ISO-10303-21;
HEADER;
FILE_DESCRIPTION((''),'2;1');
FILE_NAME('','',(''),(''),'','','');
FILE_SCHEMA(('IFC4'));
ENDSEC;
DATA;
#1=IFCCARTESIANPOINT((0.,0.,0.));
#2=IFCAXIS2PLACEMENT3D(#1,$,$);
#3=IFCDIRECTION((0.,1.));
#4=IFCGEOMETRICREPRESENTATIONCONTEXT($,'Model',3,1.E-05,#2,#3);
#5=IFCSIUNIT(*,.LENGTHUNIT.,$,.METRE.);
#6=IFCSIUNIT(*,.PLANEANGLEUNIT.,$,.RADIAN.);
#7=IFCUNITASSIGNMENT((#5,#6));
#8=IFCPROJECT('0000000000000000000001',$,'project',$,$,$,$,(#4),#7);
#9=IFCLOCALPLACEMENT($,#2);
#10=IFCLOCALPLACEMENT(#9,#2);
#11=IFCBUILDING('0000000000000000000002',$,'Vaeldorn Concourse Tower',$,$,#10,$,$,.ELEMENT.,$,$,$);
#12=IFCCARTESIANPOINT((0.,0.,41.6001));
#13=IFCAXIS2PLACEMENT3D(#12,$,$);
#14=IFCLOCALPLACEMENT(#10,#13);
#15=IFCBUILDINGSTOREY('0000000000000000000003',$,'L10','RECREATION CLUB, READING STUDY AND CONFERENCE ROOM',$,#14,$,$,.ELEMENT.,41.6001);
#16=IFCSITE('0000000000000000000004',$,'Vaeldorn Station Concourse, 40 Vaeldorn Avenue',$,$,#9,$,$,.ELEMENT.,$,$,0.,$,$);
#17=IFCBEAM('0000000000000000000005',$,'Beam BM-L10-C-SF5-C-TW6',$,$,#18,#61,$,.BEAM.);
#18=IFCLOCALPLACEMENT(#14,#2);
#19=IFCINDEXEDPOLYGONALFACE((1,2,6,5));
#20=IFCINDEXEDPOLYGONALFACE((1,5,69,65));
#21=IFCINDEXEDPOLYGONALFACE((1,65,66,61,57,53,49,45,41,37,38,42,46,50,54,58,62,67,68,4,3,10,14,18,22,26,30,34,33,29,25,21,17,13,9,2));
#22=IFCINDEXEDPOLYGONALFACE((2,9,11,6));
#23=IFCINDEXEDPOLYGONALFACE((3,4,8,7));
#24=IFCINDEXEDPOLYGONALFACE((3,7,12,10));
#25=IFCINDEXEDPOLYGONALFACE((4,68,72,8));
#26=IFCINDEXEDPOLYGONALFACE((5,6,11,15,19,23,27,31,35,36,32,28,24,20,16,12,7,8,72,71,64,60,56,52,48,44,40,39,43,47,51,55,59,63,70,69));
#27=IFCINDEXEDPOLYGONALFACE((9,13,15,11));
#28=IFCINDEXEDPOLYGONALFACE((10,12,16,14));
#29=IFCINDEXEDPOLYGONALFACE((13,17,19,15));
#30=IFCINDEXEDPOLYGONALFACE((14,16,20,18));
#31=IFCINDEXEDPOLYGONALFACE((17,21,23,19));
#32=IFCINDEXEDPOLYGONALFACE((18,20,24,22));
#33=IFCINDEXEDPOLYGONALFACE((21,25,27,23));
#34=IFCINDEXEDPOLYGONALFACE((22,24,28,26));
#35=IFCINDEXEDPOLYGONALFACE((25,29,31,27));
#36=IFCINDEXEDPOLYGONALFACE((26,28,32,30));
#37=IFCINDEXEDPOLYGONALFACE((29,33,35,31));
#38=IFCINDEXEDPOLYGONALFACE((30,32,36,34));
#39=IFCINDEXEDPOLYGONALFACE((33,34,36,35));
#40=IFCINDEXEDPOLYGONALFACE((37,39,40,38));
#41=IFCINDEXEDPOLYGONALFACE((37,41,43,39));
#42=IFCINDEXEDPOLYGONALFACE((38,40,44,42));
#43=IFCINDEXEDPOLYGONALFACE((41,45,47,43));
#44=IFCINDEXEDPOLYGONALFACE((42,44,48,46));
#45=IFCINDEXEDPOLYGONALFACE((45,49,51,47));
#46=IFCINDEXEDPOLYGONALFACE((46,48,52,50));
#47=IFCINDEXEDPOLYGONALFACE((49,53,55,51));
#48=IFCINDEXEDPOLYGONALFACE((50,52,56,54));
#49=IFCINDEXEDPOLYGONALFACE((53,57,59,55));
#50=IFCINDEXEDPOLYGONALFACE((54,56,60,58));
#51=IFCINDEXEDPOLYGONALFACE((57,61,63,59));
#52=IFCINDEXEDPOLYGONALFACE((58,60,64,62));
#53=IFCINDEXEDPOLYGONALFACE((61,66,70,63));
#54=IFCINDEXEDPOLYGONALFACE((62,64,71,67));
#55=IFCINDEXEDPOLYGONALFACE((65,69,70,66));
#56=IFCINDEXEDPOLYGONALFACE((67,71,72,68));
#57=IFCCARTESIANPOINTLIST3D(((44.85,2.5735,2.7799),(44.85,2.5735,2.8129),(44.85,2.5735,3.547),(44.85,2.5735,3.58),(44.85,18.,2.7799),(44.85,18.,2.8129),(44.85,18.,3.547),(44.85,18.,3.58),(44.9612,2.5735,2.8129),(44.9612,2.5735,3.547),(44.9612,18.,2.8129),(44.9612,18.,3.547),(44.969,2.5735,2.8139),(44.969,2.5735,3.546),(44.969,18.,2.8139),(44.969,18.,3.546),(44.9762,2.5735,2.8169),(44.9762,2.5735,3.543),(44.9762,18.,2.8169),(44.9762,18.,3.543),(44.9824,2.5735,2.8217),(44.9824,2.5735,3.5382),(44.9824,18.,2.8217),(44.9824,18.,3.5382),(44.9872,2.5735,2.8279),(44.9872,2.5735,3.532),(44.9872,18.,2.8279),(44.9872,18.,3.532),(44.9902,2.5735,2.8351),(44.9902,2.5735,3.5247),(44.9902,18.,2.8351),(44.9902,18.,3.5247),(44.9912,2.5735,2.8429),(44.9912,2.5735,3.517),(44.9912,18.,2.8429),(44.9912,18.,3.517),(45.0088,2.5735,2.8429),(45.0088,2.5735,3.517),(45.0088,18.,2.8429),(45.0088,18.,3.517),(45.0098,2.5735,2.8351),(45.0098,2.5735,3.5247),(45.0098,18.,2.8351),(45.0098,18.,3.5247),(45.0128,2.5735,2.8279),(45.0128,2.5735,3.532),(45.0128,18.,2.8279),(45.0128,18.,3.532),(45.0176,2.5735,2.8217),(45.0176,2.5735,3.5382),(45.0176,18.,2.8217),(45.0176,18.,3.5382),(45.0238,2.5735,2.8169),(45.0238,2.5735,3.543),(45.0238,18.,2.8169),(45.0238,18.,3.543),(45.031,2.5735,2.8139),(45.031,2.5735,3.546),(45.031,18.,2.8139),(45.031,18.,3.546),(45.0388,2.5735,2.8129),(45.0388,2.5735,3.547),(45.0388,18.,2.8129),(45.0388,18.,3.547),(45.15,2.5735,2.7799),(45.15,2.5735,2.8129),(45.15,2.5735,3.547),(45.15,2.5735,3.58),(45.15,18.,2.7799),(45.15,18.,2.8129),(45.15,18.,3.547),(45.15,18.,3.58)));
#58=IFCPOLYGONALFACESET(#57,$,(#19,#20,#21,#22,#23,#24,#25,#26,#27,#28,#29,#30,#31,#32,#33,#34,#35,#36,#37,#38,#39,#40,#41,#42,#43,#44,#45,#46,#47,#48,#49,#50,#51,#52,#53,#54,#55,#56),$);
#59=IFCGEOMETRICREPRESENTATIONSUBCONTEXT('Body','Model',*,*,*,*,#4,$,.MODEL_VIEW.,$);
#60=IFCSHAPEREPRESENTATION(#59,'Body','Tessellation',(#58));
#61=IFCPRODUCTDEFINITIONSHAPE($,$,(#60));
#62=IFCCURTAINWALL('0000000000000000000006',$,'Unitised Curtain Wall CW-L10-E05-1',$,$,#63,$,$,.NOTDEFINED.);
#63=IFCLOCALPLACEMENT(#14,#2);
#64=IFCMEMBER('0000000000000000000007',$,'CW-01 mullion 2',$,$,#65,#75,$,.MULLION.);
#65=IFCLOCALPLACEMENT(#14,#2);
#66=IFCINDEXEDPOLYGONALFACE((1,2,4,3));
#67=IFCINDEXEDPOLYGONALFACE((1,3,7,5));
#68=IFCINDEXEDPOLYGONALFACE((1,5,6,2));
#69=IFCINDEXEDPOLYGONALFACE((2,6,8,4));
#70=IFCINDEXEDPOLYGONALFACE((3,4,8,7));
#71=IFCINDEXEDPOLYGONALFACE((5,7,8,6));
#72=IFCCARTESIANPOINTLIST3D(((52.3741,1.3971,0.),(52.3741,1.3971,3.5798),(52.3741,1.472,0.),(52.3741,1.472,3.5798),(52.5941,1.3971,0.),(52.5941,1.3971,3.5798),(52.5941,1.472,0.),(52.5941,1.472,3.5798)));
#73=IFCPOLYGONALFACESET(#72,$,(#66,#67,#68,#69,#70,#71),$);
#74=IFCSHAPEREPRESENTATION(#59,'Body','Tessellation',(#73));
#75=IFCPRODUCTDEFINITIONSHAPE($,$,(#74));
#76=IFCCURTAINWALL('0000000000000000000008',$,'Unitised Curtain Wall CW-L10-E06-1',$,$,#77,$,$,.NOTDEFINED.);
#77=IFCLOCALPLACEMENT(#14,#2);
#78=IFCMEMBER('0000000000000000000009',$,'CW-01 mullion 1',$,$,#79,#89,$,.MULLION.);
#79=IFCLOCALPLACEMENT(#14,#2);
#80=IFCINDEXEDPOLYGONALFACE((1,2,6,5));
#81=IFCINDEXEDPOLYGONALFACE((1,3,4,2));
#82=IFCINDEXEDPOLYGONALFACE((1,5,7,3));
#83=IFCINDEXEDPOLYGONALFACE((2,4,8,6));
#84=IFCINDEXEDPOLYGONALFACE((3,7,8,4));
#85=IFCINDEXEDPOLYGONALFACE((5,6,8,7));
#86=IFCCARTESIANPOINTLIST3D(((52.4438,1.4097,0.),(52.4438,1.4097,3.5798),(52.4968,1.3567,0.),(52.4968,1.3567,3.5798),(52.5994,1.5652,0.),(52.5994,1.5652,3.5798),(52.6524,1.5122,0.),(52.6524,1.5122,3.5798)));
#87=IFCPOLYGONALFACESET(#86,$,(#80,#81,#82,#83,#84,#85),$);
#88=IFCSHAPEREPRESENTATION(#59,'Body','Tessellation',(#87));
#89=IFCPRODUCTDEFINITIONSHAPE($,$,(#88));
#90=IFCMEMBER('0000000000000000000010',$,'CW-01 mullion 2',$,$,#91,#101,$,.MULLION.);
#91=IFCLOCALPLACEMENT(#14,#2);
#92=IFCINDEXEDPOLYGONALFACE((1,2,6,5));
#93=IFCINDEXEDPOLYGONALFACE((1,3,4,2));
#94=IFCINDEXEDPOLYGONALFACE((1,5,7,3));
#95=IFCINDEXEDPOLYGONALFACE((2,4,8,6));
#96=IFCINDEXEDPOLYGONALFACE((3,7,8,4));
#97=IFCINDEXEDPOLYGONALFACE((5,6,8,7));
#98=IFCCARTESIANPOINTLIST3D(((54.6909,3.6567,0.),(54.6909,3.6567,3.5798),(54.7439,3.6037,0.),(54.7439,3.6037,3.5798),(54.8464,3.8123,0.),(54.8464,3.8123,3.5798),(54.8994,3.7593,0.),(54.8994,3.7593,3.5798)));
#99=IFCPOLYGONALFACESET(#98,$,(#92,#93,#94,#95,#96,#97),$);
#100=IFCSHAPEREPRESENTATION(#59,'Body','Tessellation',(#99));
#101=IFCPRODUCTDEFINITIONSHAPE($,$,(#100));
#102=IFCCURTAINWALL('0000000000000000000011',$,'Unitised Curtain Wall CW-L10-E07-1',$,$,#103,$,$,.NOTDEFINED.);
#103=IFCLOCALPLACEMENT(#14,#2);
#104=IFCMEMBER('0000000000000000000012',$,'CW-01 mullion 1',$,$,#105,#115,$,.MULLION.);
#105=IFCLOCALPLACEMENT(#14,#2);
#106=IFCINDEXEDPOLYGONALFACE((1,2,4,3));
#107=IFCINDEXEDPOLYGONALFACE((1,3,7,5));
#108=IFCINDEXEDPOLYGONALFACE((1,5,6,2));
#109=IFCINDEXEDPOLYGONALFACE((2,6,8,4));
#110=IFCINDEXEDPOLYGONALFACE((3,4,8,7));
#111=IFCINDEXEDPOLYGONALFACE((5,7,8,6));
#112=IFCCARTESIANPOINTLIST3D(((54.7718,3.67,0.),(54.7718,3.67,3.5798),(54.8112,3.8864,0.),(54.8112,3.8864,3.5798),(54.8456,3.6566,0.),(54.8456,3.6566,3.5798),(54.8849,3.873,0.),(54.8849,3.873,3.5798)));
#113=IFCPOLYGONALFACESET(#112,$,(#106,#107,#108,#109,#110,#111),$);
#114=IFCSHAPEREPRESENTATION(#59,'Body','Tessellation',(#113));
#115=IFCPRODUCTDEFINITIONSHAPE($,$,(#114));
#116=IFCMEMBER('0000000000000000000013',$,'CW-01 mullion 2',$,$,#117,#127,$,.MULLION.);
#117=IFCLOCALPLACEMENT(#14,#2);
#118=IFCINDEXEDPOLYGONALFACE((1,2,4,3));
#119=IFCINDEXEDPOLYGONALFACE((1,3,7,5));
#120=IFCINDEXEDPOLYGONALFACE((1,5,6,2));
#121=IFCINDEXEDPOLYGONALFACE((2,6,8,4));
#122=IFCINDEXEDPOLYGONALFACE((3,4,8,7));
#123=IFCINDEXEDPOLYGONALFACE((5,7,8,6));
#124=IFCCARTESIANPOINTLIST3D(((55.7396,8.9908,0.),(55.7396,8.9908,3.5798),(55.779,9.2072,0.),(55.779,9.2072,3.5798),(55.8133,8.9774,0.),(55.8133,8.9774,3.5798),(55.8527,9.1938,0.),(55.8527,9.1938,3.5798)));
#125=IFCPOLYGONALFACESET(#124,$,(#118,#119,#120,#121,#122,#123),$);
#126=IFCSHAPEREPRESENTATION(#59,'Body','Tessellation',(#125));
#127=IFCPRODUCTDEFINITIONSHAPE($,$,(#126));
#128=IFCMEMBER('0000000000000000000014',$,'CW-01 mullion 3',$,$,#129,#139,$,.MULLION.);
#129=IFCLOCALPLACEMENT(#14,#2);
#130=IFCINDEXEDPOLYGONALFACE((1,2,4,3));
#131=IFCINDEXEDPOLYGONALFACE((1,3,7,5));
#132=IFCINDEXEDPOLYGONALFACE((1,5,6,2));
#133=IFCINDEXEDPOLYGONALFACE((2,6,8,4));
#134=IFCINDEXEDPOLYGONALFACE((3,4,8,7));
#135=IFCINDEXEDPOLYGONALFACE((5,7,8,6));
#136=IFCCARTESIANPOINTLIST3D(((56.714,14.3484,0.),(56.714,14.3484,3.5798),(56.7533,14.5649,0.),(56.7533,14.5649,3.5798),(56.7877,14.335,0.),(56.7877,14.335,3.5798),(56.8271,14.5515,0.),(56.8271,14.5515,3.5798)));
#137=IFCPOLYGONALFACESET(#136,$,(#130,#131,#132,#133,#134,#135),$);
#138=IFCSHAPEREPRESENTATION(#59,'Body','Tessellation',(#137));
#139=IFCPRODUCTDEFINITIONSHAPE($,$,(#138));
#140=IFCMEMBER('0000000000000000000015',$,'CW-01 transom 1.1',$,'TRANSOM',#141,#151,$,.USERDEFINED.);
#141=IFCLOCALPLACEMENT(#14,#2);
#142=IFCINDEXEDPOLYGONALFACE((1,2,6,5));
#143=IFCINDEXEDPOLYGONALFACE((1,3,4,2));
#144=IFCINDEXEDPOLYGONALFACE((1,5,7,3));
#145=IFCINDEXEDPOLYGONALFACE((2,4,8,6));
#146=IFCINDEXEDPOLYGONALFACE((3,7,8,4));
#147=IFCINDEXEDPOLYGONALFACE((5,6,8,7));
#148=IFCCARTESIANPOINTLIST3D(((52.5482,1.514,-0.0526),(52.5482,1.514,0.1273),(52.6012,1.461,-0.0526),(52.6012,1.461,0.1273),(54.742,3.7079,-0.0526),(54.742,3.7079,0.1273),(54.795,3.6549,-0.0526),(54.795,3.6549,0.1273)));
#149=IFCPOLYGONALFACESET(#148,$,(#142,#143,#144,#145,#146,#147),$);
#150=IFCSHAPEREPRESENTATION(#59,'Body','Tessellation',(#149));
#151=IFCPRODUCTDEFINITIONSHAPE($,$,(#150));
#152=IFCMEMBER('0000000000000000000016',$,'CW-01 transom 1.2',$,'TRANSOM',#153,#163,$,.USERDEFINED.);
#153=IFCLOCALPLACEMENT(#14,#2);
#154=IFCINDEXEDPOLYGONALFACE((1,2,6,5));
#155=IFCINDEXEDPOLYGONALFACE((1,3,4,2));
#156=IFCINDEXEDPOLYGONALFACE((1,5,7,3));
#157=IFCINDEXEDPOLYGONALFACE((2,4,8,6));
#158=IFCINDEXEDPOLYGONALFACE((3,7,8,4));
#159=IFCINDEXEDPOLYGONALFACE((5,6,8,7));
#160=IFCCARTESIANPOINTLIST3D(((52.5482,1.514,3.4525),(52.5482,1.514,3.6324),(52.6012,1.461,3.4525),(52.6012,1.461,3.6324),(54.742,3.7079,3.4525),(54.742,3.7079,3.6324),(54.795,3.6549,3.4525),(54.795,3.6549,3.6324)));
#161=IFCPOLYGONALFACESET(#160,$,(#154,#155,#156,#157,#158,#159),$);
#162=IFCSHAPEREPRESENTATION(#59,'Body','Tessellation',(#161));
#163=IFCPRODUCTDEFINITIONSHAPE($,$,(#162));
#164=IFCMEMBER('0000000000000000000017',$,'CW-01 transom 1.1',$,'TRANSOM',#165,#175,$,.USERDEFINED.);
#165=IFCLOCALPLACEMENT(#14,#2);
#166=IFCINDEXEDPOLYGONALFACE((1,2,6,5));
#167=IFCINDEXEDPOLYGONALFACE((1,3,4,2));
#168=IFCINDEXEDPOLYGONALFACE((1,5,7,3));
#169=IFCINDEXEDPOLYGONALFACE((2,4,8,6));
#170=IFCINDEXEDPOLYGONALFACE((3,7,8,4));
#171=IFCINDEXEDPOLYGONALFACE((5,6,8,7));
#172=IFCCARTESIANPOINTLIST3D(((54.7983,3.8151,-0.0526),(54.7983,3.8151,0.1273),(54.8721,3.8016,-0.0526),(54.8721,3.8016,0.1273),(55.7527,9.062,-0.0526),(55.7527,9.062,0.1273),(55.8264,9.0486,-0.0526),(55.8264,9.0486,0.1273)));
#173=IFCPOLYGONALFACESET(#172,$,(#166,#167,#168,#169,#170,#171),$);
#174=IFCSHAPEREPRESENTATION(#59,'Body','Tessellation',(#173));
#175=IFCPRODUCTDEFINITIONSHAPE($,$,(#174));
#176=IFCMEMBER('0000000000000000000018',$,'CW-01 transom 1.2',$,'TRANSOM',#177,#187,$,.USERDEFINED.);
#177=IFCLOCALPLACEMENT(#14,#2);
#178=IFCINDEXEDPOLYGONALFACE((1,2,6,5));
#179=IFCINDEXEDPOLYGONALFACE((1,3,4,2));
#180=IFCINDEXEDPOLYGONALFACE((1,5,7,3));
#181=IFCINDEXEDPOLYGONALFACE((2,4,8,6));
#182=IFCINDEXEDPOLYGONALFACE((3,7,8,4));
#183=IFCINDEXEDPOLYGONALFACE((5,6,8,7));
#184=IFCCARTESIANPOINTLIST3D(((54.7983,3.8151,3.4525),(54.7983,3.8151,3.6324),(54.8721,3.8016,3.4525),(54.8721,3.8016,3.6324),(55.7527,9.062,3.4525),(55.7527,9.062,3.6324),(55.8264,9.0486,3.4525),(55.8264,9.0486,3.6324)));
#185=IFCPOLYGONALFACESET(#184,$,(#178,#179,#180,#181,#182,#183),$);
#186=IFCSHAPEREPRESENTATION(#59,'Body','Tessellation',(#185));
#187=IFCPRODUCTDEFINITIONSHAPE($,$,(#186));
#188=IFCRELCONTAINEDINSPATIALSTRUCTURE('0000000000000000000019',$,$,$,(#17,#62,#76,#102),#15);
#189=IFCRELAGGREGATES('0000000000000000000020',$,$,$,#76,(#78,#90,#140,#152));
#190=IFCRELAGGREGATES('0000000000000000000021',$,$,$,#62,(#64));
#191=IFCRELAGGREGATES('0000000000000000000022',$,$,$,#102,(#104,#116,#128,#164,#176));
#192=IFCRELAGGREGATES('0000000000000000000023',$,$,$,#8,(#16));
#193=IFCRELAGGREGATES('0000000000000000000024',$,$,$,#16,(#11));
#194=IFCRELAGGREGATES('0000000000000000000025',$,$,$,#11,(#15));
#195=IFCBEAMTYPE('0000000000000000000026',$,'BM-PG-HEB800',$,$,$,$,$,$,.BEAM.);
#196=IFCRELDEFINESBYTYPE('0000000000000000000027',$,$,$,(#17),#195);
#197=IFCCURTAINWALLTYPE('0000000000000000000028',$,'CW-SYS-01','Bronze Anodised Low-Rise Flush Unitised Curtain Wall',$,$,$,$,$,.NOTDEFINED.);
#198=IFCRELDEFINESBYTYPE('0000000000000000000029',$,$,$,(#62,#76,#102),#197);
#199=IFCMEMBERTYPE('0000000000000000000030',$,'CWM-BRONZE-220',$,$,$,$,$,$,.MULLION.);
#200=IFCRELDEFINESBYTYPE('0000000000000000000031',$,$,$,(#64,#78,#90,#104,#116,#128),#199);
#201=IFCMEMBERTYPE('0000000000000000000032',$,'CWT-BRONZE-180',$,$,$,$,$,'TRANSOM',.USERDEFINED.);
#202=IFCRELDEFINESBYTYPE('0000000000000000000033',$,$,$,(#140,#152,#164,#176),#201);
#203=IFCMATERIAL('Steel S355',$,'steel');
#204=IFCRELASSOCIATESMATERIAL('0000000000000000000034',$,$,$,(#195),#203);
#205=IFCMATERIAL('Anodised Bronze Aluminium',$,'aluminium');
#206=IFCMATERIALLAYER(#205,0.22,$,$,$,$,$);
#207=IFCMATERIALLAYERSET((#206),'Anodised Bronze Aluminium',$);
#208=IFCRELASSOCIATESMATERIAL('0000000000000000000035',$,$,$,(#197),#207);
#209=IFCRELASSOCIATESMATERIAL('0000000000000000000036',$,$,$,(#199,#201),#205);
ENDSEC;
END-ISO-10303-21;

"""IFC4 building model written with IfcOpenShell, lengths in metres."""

from ifc_helpers import new_model, si_unit, direction, frame, origin, origin_2d, place, context, subcontext, project, spatial, rectangle, i_section, extrude, source, transform, mapped, material, layer, layer_set, material_profile, profile_set, type_object, element, aggregate, save


model = new_model("IFC4")

# Units and contexts
model_context = context("Model", 3, precision=1e-05, world=origin(), true_north=direction((0.0, 1.0)))
body_context = subcontext(model_context, "Body", "Model", "MODEL_VIEW")
ifc_project = project(units=[si_unit("LENGTHUNIT", "METRE"), si_unit("PLANEANGLEUNIT", "RADIAN")], contexts=[model_context])

# Site, building, storey
site_placement = place(None, origin())
site = spatial("IfcSite", under=ifc_project, at=site_placement, Name="Vaeldorn Station Concourse, 40 Vaeldorn Avenue", CompositionType="ELEMENT", RefElevation=0.0)
building_placement = place(site_placement, origin())
building = spatial("IfcBuilding", under=site, at=building_placement, Name="Vaeldorn Concourse Tower", CompositionType="ELEMENT")
storey_placement = place(building_placement, frame((0.0, 0.0, 41.6001)))
storey = spatial("IfcBuildingStorey", under=building, at=storey_placement, Name="L10", Description="RECREATION CLUB, READING STUDY AND CONFERENCE ROOM", CompositionType="ELEMENT", Elevation=41.6001)

# Beam
ifc_material_1 = material(Name="Steel S355", Category="steel")
ifc_material_profile_1 = material_profile(ifc_material_1, i_section(OverallWidth=0.3, OverallDepth=0.8, WebThickness=0.0176, FlangeThickness=0.033, FilletRadius=0.03, at=origin_2d()), Name="HEB 800")
ifc_profile_set_1 = profile_set([ifc_material_profile_1], Name="Steel S355")
beam_type_1 = type_object("IfcBeamType", Name="BM-PG-HEB800", PredefinedType="BEAM", material=ifc_profile_set_1)
shared_shape_1 = source(origin(), body_context, "Body", "SweptSolid", [
    extrude(i_section(OverallWidth=0.3, OverallDepth=0.8, WebThickness=0.0176, FlangeThickness=0.033, FilletRadius=0.03, at=origin_2d()), origin(), (0.0, 0.0, 1.0), 15.4265),
])
beam_1_placement = place(storey_placement, frame((45.0, 2.5735, 3.1799), z_axis=(0.0, 1.0, 0.0), x_axis=(-1.0, 0.0, 0.0)))
element("IfcBeam", 1, at=beam_1_placement, inside=storey, type_object=beam_type_1, Name="Beam BM-L10-C-SF5-C-TW6", PredefinedType="BEAM", context=body_context, shape_type="MappedRepresentation", body=[
    mapped(shared_shape_1, transform((0.0, 0.0, 0.0), scale=1.0)),
])

# Curtain wall, member
ifc_material_2 = material(Name="Anodised Bronze Aluminium", Category="aluminium")
ifc_layer_1 = layer(ifc_material_2, 0.22)
ifc_layer_set_1 = layer_set([ifc_layer_1], Name="Anodised Bronze Aluminium")
curtain_wall_type = type_object("IfcCurtainWallType", Name="CW-SYS-01", Description="Bronze Anodised Low-Rise Flush Unitised Curtain Wall", PredefinedType="NOTDEFINED", material=ifc_layer_set_1)
curtain_wall_1_placement = place(storey_placement, origin())
curtain_wall_1 = element("IfcCurtainWall", 2, at=curtain_wall_1_placement, inside=storey, type_object=curtain_wall_type, Name="Unitised Curtain Wall CW-L10-E05-1", PredefinedType="NOTDEFINED")
ifc_material_profile_2 = material_profile(ifc_material_2, rectangle(XDim=0.075, YDim=0.22, at=origin_2d()), Name="CWM 75x220")
ifc_profile_set_2 = profile_set([ifc_material_profile_2], Name="Anodised Bronze Aluminium")
member_type_1 = type_object("IfcMemberType", Name="CWM-BRONZE-220", PredefinedType="MULLION", material=ifc_profile_set_2)
shared_shape_2 = source(origin(), body_context, "Body", "SweptSolid", [
    extrude(rectangle(XDim=0.075, YDim=0.22, at=origin_2d()), origin(), (0.0, 0.0, 1.0), 3.5798),
])
member_1_placement = place(storey_placement, frame((52.4841, 1.4346, 0.0), z_axis=(0.0, 0.0, 1.0), x_axis=(0.0, 1.0, 0.0)))
member_1 = element("IfcMember", 3, at=member_1_placement, type_object=member_type_1, Name="CW-01 mullion 2", PredefinedType="MULLION", context=body_context, shape_type="MappedRepresentation", body=[
    mapped(shared_shape_2, transform((0.0, 0.0, 0.0), scale=1.0)),
])

# Curtain walls, members
curtain_wall_2_placement = place(storey_placement, origin())
curtain_wall_2 = element("IfcCurtainWall", 4, at=curtain_wall_2_placement, inside=storey, type_object=curtain_wall_type, Name="Unitised Curtain Wall CW-L10-E06-1", PredefinedType="NOTDEFINED")
member_2_placement = place(storey_placement, frame((52.5481, 1.4609, 0.0), z_axis=(0.0, 0.0, 1.0), x_axis=(-0.707107, 0.707107, 0.0)))
member_2 = element("IfcMember", 5, at=member_2_placement, type_object=member_type_1, Name="CW-01 mullion 1", PredefinedType="MULLION", context=body_context, shape_type="MappedRepresentation", body=[
    mapped(shared_shape_2, transform((0.0, 0.0, 0.0), scale=1.0)),
])
member_3_placement = place(storey_placement, frame((54.7952, 3.708, 0.0), z_axis=(0.0, 0.0, 1.0), x_axis=(-0.707107, 0.707107, 0.0)))
member_3 = element("IfcMember", 6, at=member_3_placement, type_object=member_type_1, Name="CW-01 mullion 2", PredefinedType="MULLION", context=body_context, shape_type="MappedRepresentation", body=[
    mapped(shared_shape_2, transform((0.0, 0.0, 0.0), scale=1.0)),
])
curtain_wall_3_placement = place(storey_placement, origin())
curtain_wall_3 = element("IfcCurtainWall", 7, at=curtain_wall_3_placement, inside=storey, type_object=curtain_wall_type, Name="Unitised Curtain Wall CW-L10-E07-1", PredefinedType="NOTDEFINED")
member_4_placement = place(storey_placement, frame((54.8284, 3.7715, 0.0), z_axis=(0.0, 0.0, 1.0), x_axis=(-0.983859, 0.178944, 0.0)))
member_4 = element("IfcMember", 8, at=member_4_placement, type_object=member_type_1, Name="CW-01 mullion 1", PredefinedType="MULLION", context=body_context, shape_type="MappedRepresentation", body=[
    mapped(shared_shape_2, transform((0.0, 0.0, 0.0), scale=1.0)),
])
member_5_placement = place(storey_placement, frame((55.7961, 9.0923, 0.0), z_axis=(0.0, 0.0, 1.0), x_axis=(-0.983859, 0.178944, 0.0)))
member_5 = element("IfcMember", 9, at=member_5_placement, type_object=member_type_1, Name="CW-01 mullion 2", PredefinedType="MULLION", context=body_context, shape_type="MappedRepresentation", body=[
    mapped(shared_shape_2, transform((0.0, 0.0, 0.0), scale=1.0)),
])
member_6_placement = place(storey_placement, frame((56.7705, 14.45, 0.0), z_axis=(0.0, 0.0, 1.0), x_axis=(-0.983859, 0.178944, 0.0)))
member_6 = element("IfcMember", 10, at=member_6_placement, type_object=member_type_1, Name="CW-01 mullion 3", PredefinedType="MULLION", context=body_context, shape_type="MappedRepresentation", body=[
    mapped(shared_shape_2, transform((0.0, 0.0, 0.0), scale=1.0)),
])

# Members
ifc_material_profile_3 = material_profile(ifc_material_2, rectangle(XDim=0.075, YDim=0.1799, at=origin_2d()), Name="CWT 75x180")
ifc_profile_set_3 = profile_set([ifc_material_profile_3], Name="Anodised Bronze Aluminium")
member_type_2 = type_object("IfcMemberType", Name="CWT-BRONZE-180", ElementType="TRANSOM", PredefinedType="USERDEFINED", material=ifc_profile_set_3)
shared_shape_3 = source(origin(), body_context, "Body", "SweptSolid", [
    extrude(rectangle(XDim=0.075, YDim=0.1799, at=origin_2d()), origin(), (0.0, 0.0, 1.0), 3.1025),
])
member_7_placement = place(storey_placement, frame((52.5747, 1.4875, 0.0374), z_axis=(0.707107, 0.707107, 0.0), x_axis=(-0.707107, 0.707107, 0.0)))
member_7 = element("IfcMember", 11, at=member_7_placement, type_object=member_type_2, Name="CW-01 transom 1.1", ObjectType="TRANSOM", PredefinedType="USERDEFINED", context=body_context, shape_type="MappedRepresentation", body=[
    mapped(shared_shape_3, transform((0.0, 0.0, 0.0), scale=1.0)),
])
member_8_placement = place(storey_placement, frame((52.5747, 1.4875, 3.5425), z_axis=(0.707107, 0.707107, 0.0), x_axis=(-0.707107, 0.707107, 0.0)))
member_8 = element("IfcMember", 12, at=member_8_placement, type_object=member_type_2, Name="CW-01 transom 1.2", ObjectType="TRANSOM", PredefinedType="USERDEFINED", context=body_context, shape_type="MappedRepresentation", body=[
    mapped(shared_shape_3, transform((0.0, 0.0, 0.0), scale=1.0)),
])
shared_shape_4 = source(origin(), body_context, "Body", "SweptSolid", [
    extrude(rectangle(XDim=0.075, YDim=0.1799, at=origin_2d()), origin(), (0.0, 0.0, 1.0), 5.333),
])
member_9_placement = place(storey_placement, frame((54.8352, 3.8083, 0.0374), z_axis=(0.178954, 0.983857, 0.0), x_axis=(-0.983857, 0.178954, 0.0)))
member_9 = element("IfcMember", 13, at=member_9_placement, type_object=member_type_2, Name="CW-01 transom 1.1", ObjectType="TRANSOM", PredefinedType="USERDEFINED", context=body_context, shape_type="MappedRepresentation", body=[
    mapped(shared_shape_4, transform((0.0, 0.0, 0.0), scale=1.0)),
])
member_10_placement = place(storey_placement, frame((54.8352, 3.8083, 3.5425), z_axis=(0.178954, 0.983857, 0.0), x_axis=(-0.983857, 0.178954, 0.0)))
member_10 = element("IfcMember", 14, at=member_10_placement, type_object=member_type_2, Name="CW-01 transom 1.2", ObjectType="TRANSOM", PredefinedType="USERDEFINED", context=body_context, shape_type="MappedRepresentation", body=[
    mapped(shared_shape_4, transform((0.0, 0.0, 0.0), scale=1.0)),
])

aggregate(curtain_wall_2, [member_2, member_3, member_7, member_8])
aggregate(curtain_wall_1, [member_1])
aggregate(curtain_wall_3, [member_4, member_5, member_6, member_9, member_10])

save(model, "model.ifc")
